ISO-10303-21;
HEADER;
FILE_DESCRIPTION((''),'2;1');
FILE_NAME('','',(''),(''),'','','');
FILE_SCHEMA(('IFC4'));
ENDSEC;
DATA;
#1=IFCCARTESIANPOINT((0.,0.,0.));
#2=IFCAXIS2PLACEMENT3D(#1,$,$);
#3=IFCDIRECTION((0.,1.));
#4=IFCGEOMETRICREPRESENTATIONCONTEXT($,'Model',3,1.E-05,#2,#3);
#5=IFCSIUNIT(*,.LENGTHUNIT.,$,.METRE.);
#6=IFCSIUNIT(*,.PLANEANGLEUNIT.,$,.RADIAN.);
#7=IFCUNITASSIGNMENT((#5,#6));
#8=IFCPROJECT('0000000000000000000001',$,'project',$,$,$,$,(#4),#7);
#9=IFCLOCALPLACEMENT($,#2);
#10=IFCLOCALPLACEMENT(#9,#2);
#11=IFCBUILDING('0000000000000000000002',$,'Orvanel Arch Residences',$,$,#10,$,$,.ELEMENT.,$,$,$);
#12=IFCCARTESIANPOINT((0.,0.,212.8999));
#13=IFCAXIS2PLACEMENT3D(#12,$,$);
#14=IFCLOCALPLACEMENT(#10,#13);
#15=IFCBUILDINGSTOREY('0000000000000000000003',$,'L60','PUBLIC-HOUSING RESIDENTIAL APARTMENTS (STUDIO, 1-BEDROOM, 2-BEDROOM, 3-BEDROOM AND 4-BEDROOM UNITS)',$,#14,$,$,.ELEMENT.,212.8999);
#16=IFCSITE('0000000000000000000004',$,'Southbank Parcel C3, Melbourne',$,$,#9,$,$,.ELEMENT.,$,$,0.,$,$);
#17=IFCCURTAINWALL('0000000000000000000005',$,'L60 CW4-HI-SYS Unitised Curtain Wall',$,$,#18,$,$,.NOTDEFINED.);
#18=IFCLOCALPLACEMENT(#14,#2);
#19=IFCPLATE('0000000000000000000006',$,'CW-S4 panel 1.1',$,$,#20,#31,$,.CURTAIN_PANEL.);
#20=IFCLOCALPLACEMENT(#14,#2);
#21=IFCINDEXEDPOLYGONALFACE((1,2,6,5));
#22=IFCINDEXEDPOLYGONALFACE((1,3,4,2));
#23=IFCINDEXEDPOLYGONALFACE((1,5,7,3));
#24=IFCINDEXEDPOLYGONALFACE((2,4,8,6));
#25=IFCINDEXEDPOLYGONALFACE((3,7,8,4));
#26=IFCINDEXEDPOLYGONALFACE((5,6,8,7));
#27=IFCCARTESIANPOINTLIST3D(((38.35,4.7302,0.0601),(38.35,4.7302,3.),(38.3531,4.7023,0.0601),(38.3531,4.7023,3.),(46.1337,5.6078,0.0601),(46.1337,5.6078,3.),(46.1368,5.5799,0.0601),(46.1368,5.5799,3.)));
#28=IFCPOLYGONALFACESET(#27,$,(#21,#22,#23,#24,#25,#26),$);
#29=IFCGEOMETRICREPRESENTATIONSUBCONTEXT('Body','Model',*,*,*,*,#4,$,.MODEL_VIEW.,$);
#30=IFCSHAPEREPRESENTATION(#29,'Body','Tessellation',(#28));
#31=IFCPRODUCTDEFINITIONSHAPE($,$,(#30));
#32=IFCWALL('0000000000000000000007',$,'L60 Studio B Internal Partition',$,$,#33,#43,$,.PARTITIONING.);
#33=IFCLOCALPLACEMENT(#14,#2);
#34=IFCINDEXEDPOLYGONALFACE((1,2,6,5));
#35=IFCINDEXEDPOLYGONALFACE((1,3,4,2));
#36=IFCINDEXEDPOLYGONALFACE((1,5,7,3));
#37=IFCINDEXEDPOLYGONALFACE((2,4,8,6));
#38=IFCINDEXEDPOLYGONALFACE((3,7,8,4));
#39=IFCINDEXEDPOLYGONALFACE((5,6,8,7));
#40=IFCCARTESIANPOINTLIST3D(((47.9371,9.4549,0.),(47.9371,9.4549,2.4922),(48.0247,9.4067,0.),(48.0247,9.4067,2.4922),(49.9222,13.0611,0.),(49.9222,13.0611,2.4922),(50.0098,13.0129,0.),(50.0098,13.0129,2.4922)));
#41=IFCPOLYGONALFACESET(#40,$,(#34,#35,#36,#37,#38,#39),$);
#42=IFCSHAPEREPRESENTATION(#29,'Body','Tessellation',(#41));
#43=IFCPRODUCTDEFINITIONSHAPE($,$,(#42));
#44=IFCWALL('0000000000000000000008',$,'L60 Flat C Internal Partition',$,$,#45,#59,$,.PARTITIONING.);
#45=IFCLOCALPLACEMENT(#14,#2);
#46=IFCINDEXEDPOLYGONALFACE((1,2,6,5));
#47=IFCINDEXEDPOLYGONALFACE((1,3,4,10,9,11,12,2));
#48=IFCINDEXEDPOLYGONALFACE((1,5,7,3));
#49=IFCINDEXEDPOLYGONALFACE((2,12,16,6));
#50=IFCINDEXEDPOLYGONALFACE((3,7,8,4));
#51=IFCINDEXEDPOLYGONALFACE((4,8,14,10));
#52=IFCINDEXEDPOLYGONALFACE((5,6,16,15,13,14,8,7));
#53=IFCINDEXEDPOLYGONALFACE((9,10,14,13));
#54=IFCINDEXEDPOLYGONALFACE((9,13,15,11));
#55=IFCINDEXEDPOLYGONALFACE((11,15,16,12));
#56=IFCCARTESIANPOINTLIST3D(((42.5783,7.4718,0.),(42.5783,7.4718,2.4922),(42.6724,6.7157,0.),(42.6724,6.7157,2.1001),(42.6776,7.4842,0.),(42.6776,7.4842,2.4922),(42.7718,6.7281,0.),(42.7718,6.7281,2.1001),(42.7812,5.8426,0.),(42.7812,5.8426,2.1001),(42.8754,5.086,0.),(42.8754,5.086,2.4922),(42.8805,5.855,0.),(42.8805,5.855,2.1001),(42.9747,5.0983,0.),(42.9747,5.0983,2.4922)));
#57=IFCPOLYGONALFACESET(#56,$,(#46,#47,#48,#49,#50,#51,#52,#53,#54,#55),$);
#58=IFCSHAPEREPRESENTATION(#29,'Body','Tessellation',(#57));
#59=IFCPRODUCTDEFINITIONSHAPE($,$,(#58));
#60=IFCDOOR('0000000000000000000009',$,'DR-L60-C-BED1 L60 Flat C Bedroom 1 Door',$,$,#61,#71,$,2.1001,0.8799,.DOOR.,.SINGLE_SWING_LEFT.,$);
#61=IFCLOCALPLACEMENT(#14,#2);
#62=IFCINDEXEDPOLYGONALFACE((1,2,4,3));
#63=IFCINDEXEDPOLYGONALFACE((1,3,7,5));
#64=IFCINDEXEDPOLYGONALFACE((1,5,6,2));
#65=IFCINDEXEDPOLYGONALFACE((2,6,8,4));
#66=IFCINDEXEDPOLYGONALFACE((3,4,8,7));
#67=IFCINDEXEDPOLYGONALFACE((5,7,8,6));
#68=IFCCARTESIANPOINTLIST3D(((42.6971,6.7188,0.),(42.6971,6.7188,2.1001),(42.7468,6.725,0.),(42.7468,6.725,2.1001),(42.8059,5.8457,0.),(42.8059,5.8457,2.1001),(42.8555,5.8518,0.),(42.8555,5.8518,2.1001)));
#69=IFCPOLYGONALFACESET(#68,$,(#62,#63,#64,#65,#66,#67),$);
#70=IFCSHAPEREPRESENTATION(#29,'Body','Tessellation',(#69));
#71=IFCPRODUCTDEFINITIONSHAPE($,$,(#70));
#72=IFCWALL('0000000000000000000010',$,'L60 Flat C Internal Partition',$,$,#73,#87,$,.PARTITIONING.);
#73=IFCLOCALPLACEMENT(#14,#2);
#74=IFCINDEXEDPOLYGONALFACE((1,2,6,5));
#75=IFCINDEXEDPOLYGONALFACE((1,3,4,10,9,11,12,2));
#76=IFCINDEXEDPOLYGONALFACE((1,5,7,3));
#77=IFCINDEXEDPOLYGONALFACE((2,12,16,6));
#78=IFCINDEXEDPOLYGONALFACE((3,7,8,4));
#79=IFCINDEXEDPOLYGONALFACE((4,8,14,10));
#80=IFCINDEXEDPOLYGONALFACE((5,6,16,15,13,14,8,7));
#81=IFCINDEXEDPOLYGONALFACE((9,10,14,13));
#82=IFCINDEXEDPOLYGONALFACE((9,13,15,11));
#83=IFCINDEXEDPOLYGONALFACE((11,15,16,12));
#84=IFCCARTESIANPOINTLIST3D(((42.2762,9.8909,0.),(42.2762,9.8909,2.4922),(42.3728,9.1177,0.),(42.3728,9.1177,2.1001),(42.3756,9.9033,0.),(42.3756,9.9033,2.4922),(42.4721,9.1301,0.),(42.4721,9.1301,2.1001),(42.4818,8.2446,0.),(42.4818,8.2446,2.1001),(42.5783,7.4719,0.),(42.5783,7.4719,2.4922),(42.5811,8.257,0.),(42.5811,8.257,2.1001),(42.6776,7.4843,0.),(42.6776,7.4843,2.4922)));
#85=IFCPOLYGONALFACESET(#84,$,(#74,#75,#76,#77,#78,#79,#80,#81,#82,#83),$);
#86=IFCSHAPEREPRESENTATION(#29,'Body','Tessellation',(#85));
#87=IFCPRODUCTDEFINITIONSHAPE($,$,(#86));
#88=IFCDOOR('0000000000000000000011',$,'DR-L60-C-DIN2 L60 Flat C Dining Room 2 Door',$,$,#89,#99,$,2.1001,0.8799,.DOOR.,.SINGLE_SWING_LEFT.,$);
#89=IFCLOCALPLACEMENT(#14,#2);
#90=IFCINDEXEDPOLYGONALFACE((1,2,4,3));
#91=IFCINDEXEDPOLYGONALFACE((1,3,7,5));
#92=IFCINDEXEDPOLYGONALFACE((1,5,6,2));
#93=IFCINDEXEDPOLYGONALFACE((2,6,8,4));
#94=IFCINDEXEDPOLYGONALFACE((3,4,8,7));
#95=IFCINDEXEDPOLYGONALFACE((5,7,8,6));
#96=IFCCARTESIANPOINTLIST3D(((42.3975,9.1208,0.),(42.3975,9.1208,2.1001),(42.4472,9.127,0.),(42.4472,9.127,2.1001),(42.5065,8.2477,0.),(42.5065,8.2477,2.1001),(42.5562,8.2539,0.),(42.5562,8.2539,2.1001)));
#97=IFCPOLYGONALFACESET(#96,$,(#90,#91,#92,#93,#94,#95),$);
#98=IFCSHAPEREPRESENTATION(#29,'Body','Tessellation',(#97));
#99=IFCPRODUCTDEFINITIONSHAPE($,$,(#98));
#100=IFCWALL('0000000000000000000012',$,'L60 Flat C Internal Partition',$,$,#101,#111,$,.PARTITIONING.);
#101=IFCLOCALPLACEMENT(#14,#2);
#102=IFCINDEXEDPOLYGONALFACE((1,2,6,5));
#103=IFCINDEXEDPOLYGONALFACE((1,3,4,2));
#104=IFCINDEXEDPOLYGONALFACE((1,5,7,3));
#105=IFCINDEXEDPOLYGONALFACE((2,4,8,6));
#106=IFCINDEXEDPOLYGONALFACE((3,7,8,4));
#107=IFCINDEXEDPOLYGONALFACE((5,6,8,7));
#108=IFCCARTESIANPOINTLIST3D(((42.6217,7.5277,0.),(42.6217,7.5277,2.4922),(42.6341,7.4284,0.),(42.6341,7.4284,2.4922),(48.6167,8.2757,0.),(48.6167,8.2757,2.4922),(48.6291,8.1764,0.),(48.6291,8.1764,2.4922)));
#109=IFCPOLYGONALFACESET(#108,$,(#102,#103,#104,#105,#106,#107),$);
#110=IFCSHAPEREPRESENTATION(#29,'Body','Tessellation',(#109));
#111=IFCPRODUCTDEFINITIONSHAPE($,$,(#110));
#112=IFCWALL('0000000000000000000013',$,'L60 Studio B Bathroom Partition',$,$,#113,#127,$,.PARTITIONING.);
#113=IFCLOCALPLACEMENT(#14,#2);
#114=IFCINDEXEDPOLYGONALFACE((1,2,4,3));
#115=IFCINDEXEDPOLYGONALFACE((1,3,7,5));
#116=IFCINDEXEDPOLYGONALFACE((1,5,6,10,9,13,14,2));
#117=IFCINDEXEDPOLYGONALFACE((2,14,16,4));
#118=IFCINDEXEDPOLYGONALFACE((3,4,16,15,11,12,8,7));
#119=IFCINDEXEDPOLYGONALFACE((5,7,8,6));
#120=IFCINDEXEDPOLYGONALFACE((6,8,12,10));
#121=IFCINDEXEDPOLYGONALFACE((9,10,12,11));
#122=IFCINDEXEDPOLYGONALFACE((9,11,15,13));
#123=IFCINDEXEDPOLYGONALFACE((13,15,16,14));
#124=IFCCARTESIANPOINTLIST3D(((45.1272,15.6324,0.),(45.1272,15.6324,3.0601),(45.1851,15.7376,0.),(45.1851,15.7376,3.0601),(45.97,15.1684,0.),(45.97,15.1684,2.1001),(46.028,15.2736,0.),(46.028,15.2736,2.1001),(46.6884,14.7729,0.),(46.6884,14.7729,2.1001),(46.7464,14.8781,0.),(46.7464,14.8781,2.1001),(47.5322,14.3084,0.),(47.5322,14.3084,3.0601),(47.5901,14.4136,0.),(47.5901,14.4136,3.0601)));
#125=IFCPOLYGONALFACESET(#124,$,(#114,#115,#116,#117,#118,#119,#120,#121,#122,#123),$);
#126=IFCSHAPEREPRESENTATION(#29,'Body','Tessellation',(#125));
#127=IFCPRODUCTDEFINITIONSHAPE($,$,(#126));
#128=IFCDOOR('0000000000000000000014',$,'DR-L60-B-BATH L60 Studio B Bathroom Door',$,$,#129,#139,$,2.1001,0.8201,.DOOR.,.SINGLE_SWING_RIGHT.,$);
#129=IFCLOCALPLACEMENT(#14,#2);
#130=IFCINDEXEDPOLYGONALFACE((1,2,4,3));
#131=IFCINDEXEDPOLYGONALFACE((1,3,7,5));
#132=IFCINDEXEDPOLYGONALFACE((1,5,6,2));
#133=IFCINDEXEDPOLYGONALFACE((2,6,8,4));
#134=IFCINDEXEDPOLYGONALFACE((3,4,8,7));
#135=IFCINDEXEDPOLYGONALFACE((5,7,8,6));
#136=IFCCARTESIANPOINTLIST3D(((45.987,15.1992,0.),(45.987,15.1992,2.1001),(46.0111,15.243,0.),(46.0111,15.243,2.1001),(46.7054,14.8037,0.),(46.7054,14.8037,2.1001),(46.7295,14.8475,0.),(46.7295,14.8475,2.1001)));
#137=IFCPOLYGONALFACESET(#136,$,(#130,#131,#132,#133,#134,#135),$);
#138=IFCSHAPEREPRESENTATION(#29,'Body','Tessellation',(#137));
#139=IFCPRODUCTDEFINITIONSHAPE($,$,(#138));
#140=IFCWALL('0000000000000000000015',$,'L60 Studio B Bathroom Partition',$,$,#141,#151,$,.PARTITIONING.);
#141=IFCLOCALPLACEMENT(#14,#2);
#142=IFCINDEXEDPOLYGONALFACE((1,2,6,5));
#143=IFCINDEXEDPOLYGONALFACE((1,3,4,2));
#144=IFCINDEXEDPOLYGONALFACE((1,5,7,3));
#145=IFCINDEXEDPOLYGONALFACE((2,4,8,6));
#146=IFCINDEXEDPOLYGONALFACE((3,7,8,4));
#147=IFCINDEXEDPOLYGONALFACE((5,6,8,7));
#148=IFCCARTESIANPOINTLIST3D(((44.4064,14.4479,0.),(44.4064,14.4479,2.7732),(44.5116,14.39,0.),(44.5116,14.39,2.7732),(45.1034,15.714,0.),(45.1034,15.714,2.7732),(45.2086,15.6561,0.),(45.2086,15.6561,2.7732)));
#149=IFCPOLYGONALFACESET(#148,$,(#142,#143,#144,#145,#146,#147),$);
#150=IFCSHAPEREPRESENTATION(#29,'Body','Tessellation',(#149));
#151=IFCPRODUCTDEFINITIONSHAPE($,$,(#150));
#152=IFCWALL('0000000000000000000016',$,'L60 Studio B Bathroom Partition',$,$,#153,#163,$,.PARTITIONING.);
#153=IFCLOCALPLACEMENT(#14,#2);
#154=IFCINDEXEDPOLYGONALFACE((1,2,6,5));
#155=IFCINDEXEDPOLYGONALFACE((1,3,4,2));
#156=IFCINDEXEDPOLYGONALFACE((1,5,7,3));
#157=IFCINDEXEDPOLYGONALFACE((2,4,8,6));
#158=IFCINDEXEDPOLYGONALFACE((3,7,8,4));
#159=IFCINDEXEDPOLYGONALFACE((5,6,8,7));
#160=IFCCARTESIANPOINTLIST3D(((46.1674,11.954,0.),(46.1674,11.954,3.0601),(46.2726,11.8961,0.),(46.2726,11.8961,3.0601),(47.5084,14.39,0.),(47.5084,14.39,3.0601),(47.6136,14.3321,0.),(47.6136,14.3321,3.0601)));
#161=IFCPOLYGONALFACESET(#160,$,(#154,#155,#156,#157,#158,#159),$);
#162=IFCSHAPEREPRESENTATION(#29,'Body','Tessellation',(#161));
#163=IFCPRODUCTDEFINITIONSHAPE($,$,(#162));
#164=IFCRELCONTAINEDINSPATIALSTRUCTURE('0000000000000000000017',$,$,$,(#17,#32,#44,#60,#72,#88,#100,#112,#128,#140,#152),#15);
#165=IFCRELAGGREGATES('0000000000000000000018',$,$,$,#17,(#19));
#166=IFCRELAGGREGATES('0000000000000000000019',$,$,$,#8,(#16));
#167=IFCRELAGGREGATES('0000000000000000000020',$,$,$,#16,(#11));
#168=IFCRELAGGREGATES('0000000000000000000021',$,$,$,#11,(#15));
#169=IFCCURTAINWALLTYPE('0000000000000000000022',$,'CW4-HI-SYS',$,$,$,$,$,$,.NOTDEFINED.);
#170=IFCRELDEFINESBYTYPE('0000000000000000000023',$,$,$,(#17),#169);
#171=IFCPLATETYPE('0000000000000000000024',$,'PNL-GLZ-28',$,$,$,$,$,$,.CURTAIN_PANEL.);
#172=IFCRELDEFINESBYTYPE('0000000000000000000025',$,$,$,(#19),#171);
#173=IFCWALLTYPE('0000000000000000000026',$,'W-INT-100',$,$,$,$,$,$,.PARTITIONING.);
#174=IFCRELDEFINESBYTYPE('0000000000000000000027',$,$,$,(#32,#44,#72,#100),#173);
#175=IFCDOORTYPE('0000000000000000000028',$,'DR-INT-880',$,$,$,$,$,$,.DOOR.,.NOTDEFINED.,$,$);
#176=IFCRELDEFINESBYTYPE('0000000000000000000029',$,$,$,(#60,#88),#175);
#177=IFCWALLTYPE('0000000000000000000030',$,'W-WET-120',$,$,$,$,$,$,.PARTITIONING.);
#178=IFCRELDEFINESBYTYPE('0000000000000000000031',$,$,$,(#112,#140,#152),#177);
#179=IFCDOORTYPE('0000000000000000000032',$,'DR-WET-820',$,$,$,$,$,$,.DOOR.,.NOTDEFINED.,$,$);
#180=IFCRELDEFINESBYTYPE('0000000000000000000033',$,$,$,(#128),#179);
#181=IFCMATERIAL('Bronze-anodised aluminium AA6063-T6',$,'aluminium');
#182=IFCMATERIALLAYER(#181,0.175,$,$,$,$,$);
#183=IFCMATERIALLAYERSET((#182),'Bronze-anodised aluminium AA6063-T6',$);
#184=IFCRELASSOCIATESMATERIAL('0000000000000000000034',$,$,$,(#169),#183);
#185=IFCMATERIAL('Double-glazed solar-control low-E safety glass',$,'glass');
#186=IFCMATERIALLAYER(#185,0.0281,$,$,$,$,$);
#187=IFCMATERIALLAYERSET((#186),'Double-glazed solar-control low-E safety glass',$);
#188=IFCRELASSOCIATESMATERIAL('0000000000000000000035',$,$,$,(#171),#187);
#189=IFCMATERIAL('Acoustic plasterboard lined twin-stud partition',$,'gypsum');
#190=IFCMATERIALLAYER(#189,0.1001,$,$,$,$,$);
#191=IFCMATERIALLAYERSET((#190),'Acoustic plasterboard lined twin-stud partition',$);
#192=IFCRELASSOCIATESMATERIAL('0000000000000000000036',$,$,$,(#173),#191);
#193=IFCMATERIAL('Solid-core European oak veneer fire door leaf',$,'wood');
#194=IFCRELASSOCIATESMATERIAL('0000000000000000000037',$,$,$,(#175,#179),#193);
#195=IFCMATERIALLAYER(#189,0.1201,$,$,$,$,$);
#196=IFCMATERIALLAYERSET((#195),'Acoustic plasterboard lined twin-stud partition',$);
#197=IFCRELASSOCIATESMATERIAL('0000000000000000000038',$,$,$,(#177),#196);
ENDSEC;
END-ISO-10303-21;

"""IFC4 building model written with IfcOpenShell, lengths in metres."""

from ifc_helpers import new_model, si_unit, direction, frame, frame_2d, origin, origin_2d, place, context, subcontext, project, spatial, rectangle, extrude, material, layer, layer_set, type_object, element, fill, aggregate, save


model = new_model("IFC4")

# Units and contexts
model_context = context("Model", 3, precision=1e-05, world=origin(), true_north=direction((0.0, 1.0)))
body_context = subcontext(model_context, "Body", "Model", "MODEL_VIEW")
ifc_project = project(units=[si_unit("LENGTHUNIT", "METRE"), si_unit("PLANEANGLEUNIT", "RADIAN")], contexts=[model_context])

# Site, building, storey
site_placement = place(None, origin())
site = spatial("IfcSite", under=ifc_project, at=site_placement, Name="Southbank Parcel C3, Melbourne", CompositionType="ELEMENT", RefElevation=0.0)
building_placement = place(site_placement, origin())
building = spatial("IfcBuilding", under=site, at=building_placement, Name="Orvanel Arch Residences", CompositionType="ELEMENT")
storey_placement = place(building_placement, frame((0.0, 0.0, 212.8999)))
storey = spatial("IfcBuildingStorey", under=building, at=storey_placement, Name="L60", Description="PUBLIC-HOUSING RESIDENTIAL APARTMENTS (STUDIO, 1-BEDROOM, 2-BEDROOM, 3-BEDROOM AND 4-BEDROOM UNITS)", CompositionType="ELEMENT", Elevation=212.8999)

# Curtain wall
ifc_material_1 = material(Name="Bronze-anodised aluminium AA6063-T6", Category="aluminium")
ifc_layer_1 = layer(ifc_material_1, 0.175)
ifc_layer_set_1 = layer_set([ifc_layer_1], Name="Bronze-anodised aluminium AA6063-T6")
curtain_wall_type = type_object("IfcCurtainWallType", Name="CW4-HI-SYS", PredefinedType="NOTDEFINED", material=ifc_layer_set_1)
curtain_wall_placement = place(storey_placement, origin())
curtain_wall = element("IfcCurtainWall", 1, at=curtain_wall_placement, inside=storey, type_object=curtain_wall_type, Name="L60 CW4-HI-SYS Unitised Curtain Wall", PredefinedType="NOTDEFINED")

# Plate
ifc_material_2 = material(Name="Double-glazed solar-control low-E safety glass", Category="glass")
ifc_layer_2 = layer(ifc_material_2, 0.0281)
ifc_layer_set_2 = layer_set([ifc_layer_2], Name="Double-glazed solar-control low-E safety glass")
plate_type = type_object("IfcPlateType", Name="PNL-GLZ-28", PredefinedType="CURTAIN_PANEL", material=ifc_layer_set_2)
plate_placement = place(storey_placement, frame((42.2434, 5.155, 0.0601), z_axis=(0.0, 0.0, 1.0), x_axis=(0.993704, 0.112037, 0.0)))
plate = element("IfcPlate", 2, at=plate_placement, type_object=plate_type, Name="CW-S4 panel 1.1", PredefinedType="CURTAIN_PANEL", context=body_context, shape_type="SweptSolid", body=[
    extrude(rectangle(XDim=7.833, YDim=0.0281, at=origin_2d()), origin(), (0.0, 0.0, 1.0), 2.9399),
])
aggregate(curtain_wall, [plate])

# Wall
ifc_material_3 = material(Name="Acoustic plasterboard lined twin-stud partition", Category="gypsum")
ifc_layer_3 = layer(ifc_material_3, 0.1001)
ifc_layer_set_3 = layer_set([ifc_layer_3], Name="Acoustic plasterboard lined twin-stud partition")
wall_type_1 = type_object("IfcWallType", Name="W-INT-100", PredefinedType="PARTITIONING", material=ifc_layer_set_3)
wall_1_placement = place(storey_placement, frame((47.981, 9.4309, 0.0), z_axis=(0.0, 0.0, 1.0), x_axis=(0.482235, 0.876042, 0.0)))
element("IfcWall", 3, at=wall_1_placement, inside=storey, type_object=wall_type_1, Name="L60 Studio B Internal Partition", PredefinedType="PARTITIONING", context=body_context, shape_type="SweptSolid", body=[
    extrude(rectangle(XDim=4.1165, YDim=0.1001, at=frame_2d((2.0581, 0.0))), origin(), (0.0, 0.0, 1.0), 2.4922),
])

# Walls, openings, doors
wall_2_placement = place(storey_placement, frame((42.6279, 7.478, 0.0), z_axis=(0.0, 0.0, 1.0), x_axis=(0.123572, -0.992336, 0.0)))
wall_2 = element("IfcWall", 4, at=wall_2_placement, inside=storey, type_object=wall_type_1, Name="L60 Flat C Internal Partition", PredefinedType="PARTITIONING", context=body_context, shape_type="SweptSolid", body=[
    extrude(rectangle(XDim=2.4043, YDim=0.1001, at=frame_2d((1.2021, 0.0))), origin(), (0.0, 0.0, 1.0), 2.4922),
])
opening_1_placement = place(wall_2_placement, frame((0.762, 0.0, 0.0)))
opening_1 = element("IfcOpeningElement", 5, at=opening_1_placement, cuts=wall_2, PredefinedType="OPENING", context=body_context, shape_type="SweptSolid", body=[
    extrude(rectangle(XDim=0.8799, YDim=2.1001, at=frame_2d((0.4399, 1.05))), frame((0.0, 0.0601, 0.0), z_axis=(0.0, -1.0, 0.0), x_axis=(1.0, 0.0, 0.0)), (0.0, 0.0, 1.0), 0.1201),
])
ifc_material_4 = material(Name="Solid-core European oak veneer fire door leaf", Category="wood")
door_type_1 = type_object("IfcDoorType", Name="DR-INT-880", OperationType="NOTDEFINED", PredefinedType="DOOR", material=ifc_material_4)
door_1_placement = place(opening_1_placement, origin())
door_1 = element("IfcDoor", 6, at=door_1_placement, inside=storey, type_object=door_type_1, Name="DR-L60-C-BED1 L60 Flat C Bedroom 1 Door", OperationType="SINGLE_SWING_LEFT", OverallHeight=2.1001, OverallWidth=0.8799, PredefinedType="DOOR", context=body_context, shape_type="SweptSolid", body=[
    extrude(rectangle(XDim=0.8799, YDim=2.1001, at=frame_2d((0.4399, 1.05))), frame((0.0, 0.0249, 0.0), z_axis=(0.0, -1.0, 0.0), x_axis=(1.0, 0.0, 0.0)), (0.0, 0.0, 1.0), 0.05),
])
fill(opening_1, door_1)
wall_3_placement = place(storey_placement, frame((42.3259, 9.897, 0.0), z_axis=(0.0, 0.0, 1.0), x_axis=(0.123887, -0.992296, 0.0)))
wall_3 = element("IfcWall", 7, at=wall_3_placement, inside=storey, type_object=wall_type_1, Name="L60 Flat C Internal Partition", PredefinedType="PARTITIONING", context=body_context, shape_type="SweptSolid", body=[
    extrude(rectangle(XDim=2.4377, YDim=0.1001, at=frame_2d((1.2188, 0.0))), origin(), (0.0, 0.0, 1.0), 2.4922),
])
opening_2_placement = place(wall_3_placement, frame((0.7791, 0.0, 0.0)))
opening_2 = element("IfcOpeningElement", 8, at=opening_2_placement, cuts=wall_3, PredefinedType="OPENING", context=body_context, shape_type="SweptSolid", body=[
    extrude(rectangle(XDim=0.8799, YDim=2.1001, at=frame_2d((0.4399, 1.05))), frame((0.0, 0.0601, 0.0), z_axis=(0.0, -1.0, 0.0), x_axis=(1.0, 0.0, 0.0)), (0.0, 0.0, 1.0), 0.1201),
])
door_2_placement = place(opening_2_placement, origin())
door_2 = element("IfcDoor", 9, at=door_2_placement, inside=storey, type_object=door_type_1, Name="DR-L60-C-DIN2 L60 Flat C Dining Room 2 Door", OperationType="SINGLE_SWING_LEFT", OverallHeight=2.1001, OverallWidth=0.8799, PredefinedType="DOOR", context=body_context, shape_type="SweptSolid", body=[
    extrude(rectangle(XDim=0.8799, YDim=2.1001, at=frame_2d((0.4399, 1.05))), frame((0.0, 0.0249, 0.0), z_axis=(0.0, -1.0, 0.0), x_axis=(1.0, 0.0, 0.0)), (0.0, 0.0, 1.0), 0.05),
])
fill(opening_2, door_2)

# Wall
wall_4_placement = place(storey_placement, frame((42.6279, 7.478, 0.0), z_axis=(0.0, 0.0, 1.0), x_axis=(0.992305, 0.123816, 0.0)))
element("IfcWall", 10, at=wall_4_placement, inside=storey, type_object=wall_type_1, Name="L60 Flat C Internal Partition", PredefinedType="PARTITIONING", context=body_context, shape_type="SweptSolid", body=[
    extrude(rectangle(XDim=6.0415, YDim=0.1001, at=frame_2d((3.0208, 0.0))), origin(), (0.0, 0.0, 1.0), 2.4922),
])

# Wall, opening, door
ifc_layer_4 = layer(ifc_material_3, 0.1201)
ifc_layer_set_4 = layer_set([ifc_layer_4], Name="Acoustic plasterboard lined twin-stud partition")
wall_type_2 = type_object("IfcWallType", Name="W-WET-120", PredefinedType="PARTITIONING", material=ifc_layer_set_4)
wall_5_placement = place(storey_placement, frame((47.561, 14.3611, 0.0), z_axis=(0.0, 0.0, 1.0), x_axis=(-0.87603, 0.482257, 0.0)))
wall_5 = element("IfcWall", 11, at=wall_5_placement, inside=storey, type_object=wall_type_2, Name="L60 Studio B Bathroom Partition", PredefinedType="PARTITIONING", context=body_context, shape_type="SweptSolid", body=[
    extrude(rectangle(XDim=2.7454, YDim=0.1201, at=frame_2d((1.3726, 0.0))), origin(), (0.0, 0.0, 1.0), 3.0601),
])
opening_3_placement = place(wall_5_placement, frame((0.9629, 0.0, 0.0)))
opening_3 = element("IfcOpeningElement", 12, at=opening_3_placement, cuts=wall_5, PredefinedType="OPENING", context=body_context, shape_type="SweptSolid", body=[
    extrude(rectangle(XDim=0.8201, YDim=2.1001, at=frame_2d((0.4102, 1.05))), frame((0.0, 0.0701, 0.0), z_axis=(0.0, -1.0, 0.0), x_axis=(1.0, 0.0, 0.0)), (0.0, 0.0, 1.0), 0.1401),
])
door_type_2 = type_object("IfcDoorType", Name="DR-WET-820", OperationType="NOTDEFINED", PredefinedType="DOOR", material=ifc_material_4)
door_3_placement = place(opening_3_placement, origin())
door_3 = element("IfcDoor", 13, at=door_3_placement, inside=storey, type_object=door_type_2, Name="DR-L60-B-BATH L60 Studio B Bathroom Door", OperationType="SINGLE_SWING_RIGHT", OverallHeight=2.1001, OverallWidth=0.8201, PredefinedType="DOOR", context=body_context, shape_type="SweptSolid", body=[
    extrude(rectangle(XDim=0.8201, YDim=2.1001, at=frame_2d((0.4102, 1.05))), frame((0.0, 0.0249, 0.0), z_axis=(0.0, -1.0, 0.0), x_axis=(1.0, 0.0, 0.0)), (0.0, 0.0, 1.0), 0.05),
])
fill(opening_3, door_3)

# Walls
wall_6_placement = place(storey_placement, frame((45.156, 15.6851, 0.0), z_axis=(0.0, 0.0, 1.0), x_axis=(-0.482269, -0.876023, 0.0)))
element("IfcWall", 14, at=wall_6_placement, inside=storey, type_object=wall_type_2, Name="L60 Studio B Bathroom Partition", PredefinedType="PARTITIONING", context=body_context, shape_type="SweptSolid", body=[
    extrude(rectangle(XDim=1.4453, YDim=0.1201, at=frame_2d((0.7227, 0.0))), origin(), (0.0, 0.0, 1.0), 2.7732),
])
wall_7_placement = place(storey_placement, frame((47.561, 14.3611, 0.0), z_axis=(0.0, 0.0, 1.0), x_axis=(-0.482262, -0.876027, 0.0)))
element("IfcWall", 15, at=wall_7_placement, inside=storey, type_object=wall_type_2, Name="L60 Studio B Bathroom Partition", PredefinedType="PARTITIONING", context=body_context, shape_type="SweptSolid", body=[
    extrude(rectangle(XDim=2.7808, YDim=0.1201, at=frame_2d((1.3904, 0.0))), origin(), (0.0, 0.0, 1.0), 3.0601),
])

save(model, "model.ifc")
